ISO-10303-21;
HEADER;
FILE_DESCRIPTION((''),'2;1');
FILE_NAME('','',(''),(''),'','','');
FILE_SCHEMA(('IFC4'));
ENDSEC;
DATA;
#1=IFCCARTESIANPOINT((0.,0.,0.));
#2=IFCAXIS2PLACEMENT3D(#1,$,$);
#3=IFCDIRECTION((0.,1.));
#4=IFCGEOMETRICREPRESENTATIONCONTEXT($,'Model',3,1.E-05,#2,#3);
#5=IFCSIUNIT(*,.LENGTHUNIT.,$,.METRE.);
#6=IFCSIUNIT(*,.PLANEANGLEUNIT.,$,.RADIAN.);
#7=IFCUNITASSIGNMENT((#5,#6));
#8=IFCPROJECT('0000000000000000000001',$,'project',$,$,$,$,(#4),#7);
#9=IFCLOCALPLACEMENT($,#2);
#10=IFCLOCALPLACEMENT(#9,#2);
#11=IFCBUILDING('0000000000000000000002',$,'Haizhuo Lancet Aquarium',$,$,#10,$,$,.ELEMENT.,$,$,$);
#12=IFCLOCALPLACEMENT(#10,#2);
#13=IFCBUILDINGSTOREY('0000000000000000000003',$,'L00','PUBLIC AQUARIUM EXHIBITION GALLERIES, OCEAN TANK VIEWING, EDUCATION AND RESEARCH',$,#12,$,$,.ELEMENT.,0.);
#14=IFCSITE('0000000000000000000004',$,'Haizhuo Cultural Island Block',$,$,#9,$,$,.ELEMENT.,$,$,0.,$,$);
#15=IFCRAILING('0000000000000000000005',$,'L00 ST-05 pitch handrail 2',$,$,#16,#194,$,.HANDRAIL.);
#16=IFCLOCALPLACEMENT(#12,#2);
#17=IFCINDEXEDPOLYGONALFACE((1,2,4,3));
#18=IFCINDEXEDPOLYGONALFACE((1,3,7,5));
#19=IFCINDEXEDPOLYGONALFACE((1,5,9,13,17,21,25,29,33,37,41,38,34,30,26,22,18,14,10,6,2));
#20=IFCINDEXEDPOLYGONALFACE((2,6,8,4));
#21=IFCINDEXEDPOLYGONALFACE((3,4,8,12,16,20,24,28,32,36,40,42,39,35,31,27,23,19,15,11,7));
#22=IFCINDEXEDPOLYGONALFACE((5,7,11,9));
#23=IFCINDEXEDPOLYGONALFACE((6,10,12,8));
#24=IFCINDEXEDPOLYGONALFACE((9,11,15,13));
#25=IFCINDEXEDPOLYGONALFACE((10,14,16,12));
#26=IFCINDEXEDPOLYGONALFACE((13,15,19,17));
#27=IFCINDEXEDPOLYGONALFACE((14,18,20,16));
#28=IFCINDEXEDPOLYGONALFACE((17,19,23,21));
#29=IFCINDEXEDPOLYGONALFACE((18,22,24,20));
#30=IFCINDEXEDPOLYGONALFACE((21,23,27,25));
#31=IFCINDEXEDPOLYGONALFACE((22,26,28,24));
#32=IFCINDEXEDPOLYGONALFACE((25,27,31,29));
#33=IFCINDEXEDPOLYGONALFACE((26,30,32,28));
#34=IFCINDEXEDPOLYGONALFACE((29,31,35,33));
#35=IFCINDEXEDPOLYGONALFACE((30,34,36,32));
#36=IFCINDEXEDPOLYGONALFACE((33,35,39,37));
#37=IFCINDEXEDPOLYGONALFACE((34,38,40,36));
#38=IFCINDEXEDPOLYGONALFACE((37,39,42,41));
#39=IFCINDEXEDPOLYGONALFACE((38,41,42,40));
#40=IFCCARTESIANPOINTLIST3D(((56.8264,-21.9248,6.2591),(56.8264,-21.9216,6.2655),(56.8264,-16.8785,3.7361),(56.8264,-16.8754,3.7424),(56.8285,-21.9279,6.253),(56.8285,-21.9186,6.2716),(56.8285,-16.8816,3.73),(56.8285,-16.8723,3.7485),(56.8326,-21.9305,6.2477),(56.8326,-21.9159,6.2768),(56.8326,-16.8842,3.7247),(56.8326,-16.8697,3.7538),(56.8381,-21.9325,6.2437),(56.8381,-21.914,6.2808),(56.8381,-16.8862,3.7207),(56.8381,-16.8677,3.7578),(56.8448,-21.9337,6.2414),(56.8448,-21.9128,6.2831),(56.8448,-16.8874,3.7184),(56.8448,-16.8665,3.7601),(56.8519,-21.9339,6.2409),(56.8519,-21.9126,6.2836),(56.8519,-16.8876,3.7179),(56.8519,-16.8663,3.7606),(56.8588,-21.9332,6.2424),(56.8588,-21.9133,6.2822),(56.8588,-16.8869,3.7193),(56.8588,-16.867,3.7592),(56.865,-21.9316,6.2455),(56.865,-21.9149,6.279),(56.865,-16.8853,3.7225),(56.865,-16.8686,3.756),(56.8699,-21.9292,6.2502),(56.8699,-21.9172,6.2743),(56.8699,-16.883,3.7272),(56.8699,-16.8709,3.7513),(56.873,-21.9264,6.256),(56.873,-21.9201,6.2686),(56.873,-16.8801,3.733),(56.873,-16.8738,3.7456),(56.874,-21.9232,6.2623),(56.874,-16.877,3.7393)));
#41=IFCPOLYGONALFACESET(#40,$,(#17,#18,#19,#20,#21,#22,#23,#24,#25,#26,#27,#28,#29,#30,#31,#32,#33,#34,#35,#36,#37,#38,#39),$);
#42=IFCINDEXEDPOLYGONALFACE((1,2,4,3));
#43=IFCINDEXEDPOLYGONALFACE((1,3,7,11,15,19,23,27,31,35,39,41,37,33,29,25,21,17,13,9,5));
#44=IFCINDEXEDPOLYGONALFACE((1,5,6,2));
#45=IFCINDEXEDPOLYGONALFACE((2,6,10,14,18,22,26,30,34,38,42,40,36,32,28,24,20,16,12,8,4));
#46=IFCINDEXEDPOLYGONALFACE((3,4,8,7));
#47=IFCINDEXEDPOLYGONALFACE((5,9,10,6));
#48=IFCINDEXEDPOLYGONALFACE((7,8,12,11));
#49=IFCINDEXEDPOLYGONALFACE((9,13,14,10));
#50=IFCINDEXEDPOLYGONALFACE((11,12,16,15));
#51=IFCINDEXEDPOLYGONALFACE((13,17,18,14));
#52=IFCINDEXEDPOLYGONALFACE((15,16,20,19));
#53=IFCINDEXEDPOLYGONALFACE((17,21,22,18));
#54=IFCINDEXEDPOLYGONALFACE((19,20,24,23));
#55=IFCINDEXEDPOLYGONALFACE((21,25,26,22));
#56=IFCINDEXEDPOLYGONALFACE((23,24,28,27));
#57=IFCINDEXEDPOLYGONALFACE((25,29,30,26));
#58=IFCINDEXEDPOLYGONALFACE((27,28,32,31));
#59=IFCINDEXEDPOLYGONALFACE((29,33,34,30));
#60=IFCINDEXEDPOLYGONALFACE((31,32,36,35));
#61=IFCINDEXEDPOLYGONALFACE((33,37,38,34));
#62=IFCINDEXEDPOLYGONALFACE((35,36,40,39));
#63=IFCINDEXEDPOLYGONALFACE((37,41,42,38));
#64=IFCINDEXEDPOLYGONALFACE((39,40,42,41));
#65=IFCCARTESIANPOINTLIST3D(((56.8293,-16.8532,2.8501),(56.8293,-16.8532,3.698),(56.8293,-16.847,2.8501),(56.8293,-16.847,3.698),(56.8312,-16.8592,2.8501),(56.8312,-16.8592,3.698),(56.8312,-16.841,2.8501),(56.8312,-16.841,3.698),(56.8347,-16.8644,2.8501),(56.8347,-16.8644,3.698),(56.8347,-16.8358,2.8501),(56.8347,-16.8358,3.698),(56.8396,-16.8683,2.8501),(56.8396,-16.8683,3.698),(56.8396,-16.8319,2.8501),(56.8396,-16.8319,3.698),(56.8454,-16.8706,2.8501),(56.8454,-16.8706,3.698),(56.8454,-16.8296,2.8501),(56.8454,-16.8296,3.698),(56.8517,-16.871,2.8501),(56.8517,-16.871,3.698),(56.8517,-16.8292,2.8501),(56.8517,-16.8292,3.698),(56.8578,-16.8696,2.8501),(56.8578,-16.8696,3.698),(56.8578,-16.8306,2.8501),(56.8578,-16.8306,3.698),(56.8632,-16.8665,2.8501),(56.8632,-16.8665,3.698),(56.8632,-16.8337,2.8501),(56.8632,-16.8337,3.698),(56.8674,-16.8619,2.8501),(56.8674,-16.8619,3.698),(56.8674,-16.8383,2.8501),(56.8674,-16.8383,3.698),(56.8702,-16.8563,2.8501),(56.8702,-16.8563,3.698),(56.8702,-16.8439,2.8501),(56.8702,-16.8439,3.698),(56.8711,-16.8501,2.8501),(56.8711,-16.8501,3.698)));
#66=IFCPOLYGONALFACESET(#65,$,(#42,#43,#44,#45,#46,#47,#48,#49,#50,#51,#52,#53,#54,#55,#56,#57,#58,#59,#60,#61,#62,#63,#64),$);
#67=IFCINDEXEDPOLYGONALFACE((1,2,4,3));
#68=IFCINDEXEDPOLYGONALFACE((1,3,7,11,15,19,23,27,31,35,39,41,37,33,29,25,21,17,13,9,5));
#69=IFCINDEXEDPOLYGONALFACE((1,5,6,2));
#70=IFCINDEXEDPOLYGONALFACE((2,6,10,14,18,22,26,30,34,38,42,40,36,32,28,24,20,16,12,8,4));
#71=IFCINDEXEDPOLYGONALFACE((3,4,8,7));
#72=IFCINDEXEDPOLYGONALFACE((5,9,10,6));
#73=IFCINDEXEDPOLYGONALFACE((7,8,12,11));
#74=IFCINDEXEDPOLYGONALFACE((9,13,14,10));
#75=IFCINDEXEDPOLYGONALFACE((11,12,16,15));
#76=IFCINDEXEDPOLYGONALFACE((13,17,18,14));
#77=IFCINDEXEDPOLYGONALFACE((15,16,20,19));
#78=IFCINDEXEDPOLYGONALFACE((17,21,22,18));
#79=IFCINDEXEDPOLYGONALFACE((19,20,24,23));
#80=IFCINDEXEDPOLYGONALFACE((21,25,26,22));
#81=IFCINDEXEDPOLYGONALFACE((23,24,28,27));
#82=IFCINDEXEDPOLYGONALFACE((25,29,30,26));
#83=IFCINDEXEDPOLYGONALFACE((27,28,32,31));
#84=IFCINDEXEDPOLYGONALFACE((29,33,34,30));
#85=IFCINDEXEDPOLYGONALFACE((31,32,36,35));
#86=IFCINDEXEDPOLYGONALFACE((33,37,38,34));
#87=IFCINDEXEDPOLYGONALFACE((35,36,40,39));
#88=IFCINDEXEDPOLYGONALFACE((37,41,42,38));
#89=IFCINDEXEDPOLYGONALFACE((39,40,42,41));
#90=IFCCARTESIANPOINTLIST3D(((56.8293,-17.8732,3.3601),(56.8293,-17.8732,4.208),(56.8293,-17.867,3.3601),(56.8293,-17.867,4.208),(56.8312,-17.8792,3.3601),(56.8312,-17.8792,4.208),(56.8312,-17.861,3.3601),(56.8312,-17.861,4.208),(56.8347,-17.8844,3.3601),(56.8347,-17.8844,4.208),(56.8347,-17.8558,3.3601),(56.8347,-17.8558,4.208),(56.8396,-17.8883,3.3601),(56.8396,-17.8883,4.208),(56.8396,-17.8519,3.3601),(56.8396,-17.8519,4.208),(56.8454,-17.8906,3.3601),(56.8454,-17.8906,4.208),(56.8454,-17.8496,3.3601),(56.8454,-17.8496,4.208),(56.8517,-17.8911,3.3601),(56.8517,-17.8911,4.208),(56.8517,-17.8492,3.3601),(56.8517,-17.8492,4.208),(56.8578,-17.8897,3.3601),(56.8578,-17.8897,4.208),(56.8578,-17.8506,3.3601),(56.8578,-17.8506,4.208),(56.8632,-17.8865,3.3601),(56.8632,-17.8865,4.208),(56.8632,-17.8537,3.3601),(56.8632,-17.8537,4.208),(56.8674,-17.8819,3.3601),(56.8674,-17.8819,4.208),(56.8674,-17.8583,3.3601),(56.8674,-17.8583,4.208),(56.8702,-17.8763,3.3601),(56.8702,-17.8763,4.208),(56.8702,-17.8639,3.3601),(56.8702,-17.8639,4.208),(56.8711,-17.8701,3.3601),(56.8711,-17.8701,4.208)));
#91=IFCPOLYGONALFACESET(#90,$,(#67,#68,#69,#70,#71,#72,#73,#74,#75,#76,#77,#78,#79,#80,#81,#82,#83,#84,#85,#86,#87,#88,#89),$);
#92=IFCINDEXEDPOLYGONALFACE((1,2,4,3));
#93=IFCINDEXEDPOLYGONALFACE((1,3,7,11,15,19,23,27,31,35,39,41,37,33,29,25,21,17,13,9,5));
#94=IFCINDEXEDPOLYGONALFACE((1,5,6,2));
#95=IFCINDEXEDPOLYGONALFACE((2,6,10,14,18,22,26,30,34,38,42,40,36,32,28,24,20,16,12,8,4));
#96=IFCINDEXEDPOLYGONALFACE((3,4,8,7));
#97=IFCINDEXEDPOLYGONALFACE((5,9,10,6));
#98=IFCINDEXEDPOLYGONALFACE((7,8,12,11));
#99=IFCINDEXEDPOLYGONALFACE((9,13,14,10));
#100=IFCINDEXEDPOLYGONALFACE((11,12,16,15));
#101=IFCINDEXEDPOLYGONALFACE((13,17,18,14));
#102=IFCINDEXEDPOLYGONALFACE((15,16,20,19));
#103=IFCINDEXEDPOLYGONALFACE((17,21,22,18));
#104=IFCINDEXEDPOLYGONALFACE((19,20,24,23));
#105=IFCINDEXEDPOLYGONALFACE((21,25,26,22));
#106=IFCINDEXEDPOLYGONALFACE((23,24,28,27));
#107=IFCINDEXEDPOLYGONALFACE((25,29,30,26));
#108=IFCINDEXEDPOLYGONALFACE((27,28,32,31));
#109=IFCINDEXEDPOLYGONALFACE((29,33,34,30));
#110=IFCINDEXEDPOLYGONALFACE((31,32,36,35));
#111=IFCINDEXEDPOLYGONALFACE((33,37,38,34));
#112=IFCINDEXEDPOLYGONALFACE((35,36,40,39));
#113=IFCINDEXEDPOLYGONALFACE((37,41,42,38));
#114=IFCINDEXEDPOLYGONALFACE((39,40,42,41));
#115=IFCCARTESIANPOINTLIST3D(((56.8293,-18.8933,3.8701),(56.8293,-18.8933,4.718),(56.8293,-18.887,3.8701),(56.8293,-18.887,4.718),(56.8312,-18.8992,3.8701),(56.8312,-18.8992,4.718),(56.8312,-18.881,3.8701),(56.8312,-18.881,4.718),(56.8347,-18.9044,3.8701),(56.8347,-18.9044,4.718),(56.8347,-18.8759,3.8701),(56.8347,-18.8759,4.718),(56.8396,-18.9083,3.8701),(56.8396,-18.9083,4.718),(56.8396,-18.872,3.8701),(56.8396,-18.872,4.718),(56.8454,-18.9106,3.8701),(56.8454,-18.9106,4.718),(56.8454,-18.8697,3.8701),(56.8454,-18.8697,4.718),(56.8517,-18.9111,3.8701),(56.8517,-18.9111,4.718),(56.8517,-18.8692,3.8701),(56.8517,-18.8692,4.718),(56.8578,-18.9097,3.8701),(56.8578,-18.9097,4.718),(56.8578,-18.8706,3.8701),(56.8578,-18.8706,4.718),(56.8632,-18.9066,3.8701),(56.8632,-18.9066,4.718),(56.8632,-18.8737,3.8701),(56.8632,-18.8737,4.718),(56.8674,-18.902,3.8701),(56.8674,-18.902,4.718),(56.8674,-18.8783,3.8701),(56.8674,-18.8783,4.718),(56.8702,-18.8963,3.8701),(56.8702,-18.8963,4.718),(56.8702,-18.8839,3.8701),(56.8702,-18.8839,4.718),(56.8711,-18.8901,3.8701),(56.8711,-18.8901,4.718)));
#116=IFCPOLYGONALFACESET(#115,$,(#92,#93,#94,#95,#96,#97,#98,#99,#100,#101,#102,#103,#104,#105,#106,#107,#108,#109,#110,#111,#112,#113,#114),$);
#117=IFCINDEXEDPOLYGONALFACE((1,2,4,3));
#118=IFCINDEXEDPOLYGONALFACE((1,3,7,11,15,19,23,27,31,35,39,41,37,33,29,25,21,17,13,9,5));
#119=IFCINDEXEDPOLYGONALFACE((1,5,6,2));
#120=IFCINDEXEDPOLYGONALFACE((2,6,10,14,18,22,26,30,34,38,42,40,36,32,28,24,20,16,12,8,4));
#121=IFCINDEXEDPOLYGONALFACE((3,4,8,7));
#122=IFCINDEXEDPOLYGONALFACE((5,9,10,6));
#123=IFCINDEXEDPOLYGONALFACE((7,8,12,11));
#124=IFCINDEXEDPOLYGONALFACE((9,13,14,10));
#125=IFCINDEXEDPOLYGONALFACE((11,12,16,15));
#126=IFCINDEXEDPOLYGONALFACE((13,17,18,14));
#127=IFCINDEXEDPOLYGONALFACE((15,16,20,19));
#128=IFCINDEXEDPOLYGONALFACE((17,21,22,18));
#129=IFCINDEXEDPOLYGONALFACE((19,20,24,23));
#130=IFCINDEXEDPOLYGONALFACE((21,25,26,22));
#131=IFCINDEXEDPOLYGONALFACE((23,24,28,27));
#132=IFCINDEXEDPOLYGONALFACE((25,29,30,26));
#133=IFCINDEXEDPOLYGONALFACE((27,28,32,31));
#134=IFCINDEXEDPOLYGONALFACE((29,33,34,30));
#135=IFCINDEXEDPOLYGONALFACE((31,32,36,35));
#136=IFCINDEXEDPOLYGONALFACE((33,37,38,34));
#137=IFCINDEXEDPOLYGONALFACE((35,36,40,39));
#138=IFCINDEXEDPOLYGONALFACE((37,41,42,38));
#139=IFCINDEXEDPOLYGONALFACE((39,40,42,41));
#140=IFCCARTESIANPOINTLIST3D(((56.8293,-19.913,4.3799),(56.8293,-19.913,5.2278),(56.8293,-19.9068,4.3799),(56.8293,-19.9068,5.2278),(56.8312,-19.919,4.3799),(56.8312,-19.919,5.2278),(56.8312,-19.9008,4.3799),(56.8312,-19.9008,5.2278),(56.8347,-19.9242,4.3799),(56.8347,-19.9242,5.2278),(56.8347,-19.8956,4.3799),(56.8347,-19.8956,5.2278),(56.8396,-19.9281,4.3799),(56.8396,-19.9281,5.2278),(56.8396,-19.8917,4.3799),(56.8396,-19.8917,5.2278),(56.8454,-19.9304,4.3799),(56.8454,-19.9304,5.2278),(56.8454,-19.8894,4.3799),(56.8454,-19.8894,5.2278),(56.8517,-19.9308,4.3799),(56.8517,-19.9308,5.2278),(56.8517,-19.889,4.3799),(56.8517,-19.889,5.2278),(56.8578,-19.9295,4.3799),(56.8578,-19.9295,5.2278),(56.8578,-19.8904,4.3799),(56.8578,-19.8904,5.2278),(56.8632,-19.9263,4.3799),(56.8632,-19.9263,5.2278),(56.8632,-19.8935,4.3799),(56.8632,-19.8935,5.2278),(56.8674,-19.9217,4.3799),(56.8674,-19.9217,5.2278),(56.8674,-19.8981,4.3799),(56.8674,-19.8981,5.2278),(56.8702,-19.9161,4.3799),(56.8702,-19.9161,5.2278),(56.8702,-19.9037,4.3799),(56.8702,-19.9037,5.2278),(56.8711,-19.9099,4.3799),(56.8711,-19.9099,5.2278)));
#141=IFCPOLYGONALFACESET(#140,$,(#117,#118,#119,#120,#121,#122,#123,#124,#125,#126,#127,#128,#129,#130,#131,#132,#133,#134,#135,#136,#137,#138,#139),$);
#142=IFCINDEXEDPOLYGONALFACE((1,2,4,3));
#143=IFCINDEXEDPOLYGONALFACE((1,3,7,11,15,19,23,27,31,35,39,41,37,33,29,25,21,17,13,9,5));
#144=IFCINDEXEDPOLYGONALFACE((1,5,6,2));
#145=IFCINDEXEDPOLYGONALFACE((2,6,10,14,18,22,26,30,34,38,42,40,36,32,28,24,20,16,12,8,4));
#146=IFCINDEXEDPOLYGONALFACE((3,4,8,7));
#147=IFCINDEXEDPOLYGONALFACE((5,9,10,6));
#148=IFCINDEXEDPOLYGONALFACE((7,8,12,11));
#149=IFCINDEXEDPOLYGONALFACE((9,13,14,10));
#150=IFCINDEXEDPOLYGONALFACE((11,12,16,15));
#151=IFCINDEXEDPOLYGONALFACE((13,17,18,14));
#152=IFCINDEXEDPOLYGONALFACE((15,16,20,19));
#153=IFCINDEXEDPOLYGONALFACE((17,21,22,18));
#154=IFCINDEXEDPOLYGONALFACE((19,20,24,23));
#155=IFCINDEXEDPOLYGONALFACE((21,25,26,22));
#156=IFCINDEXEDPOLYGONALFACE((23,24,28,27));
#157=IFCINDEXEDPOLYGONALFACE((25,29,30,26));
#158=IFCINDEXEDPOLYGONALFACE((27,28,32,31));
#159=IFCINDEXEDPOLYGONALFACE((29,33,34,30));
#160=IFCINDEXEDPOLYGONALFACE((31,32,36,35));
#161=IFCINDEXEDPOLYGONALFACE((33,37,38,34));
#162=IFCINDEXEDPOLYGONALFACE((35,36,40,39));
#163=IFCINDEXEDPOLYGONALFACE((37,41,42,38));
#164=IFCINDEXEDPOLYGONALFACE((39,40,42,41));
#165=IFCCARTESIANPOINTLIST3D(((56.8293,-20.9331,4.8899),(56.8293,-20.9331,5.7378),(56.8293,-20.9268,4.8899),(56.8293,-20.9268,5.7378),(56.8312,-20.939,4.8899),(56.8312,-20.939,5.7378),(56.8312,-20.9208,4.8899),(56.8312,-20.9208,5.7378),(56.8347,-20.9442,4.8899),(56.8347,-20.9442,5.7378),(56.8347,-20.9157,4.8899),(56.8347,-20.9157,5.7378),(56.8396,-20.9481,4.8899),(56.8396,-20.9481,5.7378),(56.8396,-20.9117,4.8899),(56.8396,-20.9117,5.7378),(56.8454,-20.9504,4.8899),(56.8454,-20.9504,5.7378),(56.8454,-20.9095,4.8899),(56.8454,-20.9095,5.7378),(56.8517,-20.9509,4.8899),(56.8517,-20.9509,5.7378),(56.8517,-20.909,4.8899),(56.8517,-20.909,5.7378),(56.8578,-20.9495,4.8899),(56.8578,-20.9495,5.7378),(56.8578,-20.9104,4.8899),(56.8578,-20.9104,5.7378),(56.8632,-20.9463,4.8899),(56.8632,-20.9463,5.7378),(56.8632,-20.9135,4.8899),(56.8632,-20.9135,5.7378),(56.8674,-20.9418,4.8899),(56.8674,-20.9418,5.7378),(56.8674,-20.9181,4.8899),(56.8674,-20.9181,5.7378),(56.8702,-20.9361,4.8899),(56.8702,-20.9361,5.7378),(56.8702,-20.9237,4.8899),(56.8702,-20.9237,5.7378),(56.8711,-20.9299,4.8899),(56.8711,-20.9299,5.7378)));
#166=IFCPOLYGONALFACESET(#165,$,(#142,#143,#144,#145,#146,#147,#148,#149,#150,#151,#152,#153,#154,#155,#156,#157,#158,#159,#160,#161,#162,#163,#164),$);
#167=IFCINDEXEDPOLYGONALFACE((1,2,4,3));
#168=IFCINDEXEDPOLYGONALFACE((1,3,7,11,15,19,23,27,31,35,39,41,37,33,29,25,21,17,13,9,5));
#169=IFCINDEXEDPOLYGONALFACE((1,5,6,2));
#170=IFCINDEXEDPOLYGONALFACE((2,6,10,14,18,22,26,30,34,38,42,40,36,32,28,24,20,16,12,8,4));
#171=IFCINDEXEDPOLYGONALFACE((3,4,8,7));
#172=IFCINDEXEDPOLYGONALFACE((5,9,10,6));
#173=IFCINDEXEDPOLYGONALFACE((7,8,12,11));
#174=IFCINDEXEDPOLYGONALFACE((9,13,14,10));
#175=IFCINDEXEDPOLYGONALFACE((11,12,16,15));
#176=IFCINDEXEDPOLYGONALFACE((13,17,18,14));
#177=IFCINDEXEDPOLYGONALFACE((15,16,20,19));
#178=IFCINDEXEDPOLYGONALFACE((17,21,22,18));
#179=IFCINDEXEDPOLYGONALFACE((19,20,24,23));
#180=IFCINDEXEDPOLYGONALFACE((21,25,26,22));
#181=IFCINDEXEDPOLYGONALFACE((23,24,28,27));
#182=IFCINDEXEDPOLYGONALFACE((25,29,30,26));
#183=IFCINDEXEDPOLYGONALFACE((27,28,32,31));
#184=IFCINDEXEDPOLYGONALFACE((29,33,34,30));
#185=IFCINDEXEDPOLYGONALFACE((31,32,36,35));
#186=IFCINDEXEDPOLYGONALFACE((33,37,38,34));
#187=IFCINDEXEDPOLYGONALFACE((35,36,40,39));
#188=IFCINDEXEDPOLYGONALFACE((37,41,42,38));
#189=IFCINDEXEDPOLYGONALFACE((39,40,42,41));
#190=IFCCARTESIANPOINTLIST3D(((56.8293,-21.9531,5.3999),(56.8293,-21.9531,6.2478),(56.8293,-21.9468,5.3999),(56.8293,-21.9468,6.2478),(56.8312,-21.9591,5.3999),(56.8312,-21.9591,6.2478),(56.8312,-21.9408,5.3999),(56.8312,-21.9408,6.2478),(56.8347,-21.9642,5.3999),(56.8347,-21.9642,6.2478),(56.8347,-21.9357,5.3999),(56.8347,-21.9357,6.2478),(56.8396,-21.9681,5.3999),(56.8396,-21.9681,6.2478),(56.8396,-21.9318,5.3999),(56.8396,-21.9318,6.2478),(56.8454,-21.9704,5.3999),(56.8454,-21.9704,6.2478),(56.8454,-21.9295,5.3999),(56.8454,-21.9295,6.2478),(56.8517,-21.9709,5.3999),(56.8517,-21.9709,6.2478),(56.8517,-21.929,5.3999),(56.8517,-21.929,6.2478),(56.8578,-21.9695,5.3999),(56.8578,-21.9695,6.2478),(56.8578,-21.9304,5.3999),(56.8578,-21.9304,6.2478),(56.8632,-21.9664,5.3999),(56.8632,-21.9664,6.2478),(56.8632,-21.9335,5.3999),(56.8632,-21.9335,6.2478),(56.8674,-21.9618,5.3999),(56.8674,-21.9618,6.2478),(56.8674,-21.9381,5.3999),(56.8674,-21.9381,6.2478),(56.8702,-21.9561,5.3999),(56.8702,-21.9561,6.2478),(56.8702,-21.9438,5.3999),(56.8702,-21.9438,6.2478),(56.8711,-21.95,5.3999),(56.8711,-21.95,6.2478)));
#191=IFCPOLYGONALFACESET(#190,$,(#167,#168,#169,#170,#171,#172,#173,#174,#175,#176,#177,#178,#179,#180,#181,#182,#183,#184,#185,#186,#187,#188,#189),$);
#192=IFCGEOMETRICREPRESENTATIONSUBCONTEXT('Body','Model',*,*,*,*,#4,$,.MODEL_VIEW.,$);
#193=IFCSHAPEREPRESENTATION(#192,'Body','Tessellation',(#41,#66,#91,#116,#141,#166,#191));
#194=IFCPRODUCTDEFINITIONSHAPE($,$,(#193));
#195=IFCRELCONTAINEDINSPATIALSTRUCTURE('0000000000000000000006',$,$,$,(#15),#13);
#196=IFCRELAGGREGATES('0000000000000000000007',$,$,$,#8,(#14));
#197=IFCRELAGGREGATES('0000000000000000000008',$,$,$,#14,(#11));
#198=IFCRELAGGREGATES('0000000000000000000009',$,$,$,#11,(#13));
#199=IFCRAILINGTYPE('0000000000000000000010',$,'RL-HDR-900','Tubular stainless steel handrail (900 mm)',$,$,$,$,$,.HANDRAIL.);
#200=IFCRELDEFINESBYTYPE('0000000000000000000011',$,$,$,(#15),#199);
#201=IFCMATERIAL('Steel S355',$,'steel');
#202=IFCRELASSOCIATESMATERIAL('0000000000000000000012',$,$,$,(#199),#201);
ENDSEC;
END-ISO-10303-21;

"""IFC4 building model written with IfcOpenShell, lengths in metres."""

from ifc_helpers import new_model, si_unit, direction, frame, origin, origin_2d, place, context, subcontext, project, spatial, circle, extrude, material, type_object, element, save


model = new_model("IFC4")

# Units and contexts
model_context = context("Model", 3, precision=1e-05, world=origin(), true_north=direction((0.0, 1.0)))
body_context = subcontext(model_context, "Body", "Model", "MODEL_VIEW")
ifc_project = project(units=[si_unit("LENGTHUNIT", "METRE"), si_unit("PLANEANGLEUNIT", "RADIAN")], contexts=[model_context])

# Site, building, storey
site_placement = place(None, origin())
site = spatial("IfcSite", under=ifc_project, at=site_placement, Name="Haizhuo Cultural Island Block", CompositionType="ELEMENT", RefElevation=0.0)
building_placement = place(site_placement, origin())
building = spatial("IfcBuilding", under=site, at=building_placement, Name="Haizhuo Lancet Aquarium", CompositionType="ELEMENT")
storey_placement = place(building_placement, origin())
storey = spatial("IfcBuildingStorey", under=building, at=storey_placement, Name="L00", Description="PUBLIC AQUARIUM EXHIBITION GALLERIES, OCEAN TANK VIEWING, EDUCATION AND RESEARCH", CompositionType="ELEMENT", Elevation=0.0)

# Shared definitions
ifc_material_1 = material(Name="Steel S355", Category="steel")

# Railing
railing_type_1 = type_object("IfcRailingType", Name="RL-HDR-900", Description="Tubular stainless steel handrail (900 mm)", PredefinedType="HANDRAIL", material=ifc_material_1)
railing_1_placement = place(storey_placement, frame((56.8501, -16.8501, 2.8501)))
element("IfcRailing", 1, at=railing_1_placement, inside=storey, type_object=railing_type_1, Name="L00 ST-05 pitch handrail 2", PredefinedType="HANDRAIL", context=body_context, shape_type="SweptSolid", body=[
    extrude(circle(Radius=0.0239, at=origin_2d()), frame((0.0, -0.0269, 0.8892), z_axis=(0.0, -0.894436, 0.447196), x_axis=(1.0, 0.0, 0.0)), (0.0, 0.0, 1.0), 5.6418),
    extrude(circle(Radius=0.021, at=origin_2d()), origin(), (0.0, 0.0, 1.0), 0.8479),
    extrude(circle(Radius=0.021, at=origin_2d()), frame((0.0, -1.02, 0.51)), (0.0, 0.0, 1.0), 0.8479),
    extrude(circle(Radius=0.021, at=origin_2d()), frame((0.0, -2.04, 1.02)), (0.0, 0.0, 1.0), 0.8479),
    extrude(circle(Radius=0.021, at=origin_2d()), frame((0.0, -3.0598, 1.5298)), (0.0, 0.0, 1.0), 0.8479),
    extrude(circle(Radius=0.021, at=origin_2d()), frame((0.0, -4.0798, 2.0398)), (0.0, 0.0, 1.0), 0.8479),
    extrude(circle(Radius=0.021, at=origin_2d()), frame((0.0, -5.0999, 2.5498)), (0.0, 0.0, 1.0), 0.8479),
])

save(model, "model.ifc")
